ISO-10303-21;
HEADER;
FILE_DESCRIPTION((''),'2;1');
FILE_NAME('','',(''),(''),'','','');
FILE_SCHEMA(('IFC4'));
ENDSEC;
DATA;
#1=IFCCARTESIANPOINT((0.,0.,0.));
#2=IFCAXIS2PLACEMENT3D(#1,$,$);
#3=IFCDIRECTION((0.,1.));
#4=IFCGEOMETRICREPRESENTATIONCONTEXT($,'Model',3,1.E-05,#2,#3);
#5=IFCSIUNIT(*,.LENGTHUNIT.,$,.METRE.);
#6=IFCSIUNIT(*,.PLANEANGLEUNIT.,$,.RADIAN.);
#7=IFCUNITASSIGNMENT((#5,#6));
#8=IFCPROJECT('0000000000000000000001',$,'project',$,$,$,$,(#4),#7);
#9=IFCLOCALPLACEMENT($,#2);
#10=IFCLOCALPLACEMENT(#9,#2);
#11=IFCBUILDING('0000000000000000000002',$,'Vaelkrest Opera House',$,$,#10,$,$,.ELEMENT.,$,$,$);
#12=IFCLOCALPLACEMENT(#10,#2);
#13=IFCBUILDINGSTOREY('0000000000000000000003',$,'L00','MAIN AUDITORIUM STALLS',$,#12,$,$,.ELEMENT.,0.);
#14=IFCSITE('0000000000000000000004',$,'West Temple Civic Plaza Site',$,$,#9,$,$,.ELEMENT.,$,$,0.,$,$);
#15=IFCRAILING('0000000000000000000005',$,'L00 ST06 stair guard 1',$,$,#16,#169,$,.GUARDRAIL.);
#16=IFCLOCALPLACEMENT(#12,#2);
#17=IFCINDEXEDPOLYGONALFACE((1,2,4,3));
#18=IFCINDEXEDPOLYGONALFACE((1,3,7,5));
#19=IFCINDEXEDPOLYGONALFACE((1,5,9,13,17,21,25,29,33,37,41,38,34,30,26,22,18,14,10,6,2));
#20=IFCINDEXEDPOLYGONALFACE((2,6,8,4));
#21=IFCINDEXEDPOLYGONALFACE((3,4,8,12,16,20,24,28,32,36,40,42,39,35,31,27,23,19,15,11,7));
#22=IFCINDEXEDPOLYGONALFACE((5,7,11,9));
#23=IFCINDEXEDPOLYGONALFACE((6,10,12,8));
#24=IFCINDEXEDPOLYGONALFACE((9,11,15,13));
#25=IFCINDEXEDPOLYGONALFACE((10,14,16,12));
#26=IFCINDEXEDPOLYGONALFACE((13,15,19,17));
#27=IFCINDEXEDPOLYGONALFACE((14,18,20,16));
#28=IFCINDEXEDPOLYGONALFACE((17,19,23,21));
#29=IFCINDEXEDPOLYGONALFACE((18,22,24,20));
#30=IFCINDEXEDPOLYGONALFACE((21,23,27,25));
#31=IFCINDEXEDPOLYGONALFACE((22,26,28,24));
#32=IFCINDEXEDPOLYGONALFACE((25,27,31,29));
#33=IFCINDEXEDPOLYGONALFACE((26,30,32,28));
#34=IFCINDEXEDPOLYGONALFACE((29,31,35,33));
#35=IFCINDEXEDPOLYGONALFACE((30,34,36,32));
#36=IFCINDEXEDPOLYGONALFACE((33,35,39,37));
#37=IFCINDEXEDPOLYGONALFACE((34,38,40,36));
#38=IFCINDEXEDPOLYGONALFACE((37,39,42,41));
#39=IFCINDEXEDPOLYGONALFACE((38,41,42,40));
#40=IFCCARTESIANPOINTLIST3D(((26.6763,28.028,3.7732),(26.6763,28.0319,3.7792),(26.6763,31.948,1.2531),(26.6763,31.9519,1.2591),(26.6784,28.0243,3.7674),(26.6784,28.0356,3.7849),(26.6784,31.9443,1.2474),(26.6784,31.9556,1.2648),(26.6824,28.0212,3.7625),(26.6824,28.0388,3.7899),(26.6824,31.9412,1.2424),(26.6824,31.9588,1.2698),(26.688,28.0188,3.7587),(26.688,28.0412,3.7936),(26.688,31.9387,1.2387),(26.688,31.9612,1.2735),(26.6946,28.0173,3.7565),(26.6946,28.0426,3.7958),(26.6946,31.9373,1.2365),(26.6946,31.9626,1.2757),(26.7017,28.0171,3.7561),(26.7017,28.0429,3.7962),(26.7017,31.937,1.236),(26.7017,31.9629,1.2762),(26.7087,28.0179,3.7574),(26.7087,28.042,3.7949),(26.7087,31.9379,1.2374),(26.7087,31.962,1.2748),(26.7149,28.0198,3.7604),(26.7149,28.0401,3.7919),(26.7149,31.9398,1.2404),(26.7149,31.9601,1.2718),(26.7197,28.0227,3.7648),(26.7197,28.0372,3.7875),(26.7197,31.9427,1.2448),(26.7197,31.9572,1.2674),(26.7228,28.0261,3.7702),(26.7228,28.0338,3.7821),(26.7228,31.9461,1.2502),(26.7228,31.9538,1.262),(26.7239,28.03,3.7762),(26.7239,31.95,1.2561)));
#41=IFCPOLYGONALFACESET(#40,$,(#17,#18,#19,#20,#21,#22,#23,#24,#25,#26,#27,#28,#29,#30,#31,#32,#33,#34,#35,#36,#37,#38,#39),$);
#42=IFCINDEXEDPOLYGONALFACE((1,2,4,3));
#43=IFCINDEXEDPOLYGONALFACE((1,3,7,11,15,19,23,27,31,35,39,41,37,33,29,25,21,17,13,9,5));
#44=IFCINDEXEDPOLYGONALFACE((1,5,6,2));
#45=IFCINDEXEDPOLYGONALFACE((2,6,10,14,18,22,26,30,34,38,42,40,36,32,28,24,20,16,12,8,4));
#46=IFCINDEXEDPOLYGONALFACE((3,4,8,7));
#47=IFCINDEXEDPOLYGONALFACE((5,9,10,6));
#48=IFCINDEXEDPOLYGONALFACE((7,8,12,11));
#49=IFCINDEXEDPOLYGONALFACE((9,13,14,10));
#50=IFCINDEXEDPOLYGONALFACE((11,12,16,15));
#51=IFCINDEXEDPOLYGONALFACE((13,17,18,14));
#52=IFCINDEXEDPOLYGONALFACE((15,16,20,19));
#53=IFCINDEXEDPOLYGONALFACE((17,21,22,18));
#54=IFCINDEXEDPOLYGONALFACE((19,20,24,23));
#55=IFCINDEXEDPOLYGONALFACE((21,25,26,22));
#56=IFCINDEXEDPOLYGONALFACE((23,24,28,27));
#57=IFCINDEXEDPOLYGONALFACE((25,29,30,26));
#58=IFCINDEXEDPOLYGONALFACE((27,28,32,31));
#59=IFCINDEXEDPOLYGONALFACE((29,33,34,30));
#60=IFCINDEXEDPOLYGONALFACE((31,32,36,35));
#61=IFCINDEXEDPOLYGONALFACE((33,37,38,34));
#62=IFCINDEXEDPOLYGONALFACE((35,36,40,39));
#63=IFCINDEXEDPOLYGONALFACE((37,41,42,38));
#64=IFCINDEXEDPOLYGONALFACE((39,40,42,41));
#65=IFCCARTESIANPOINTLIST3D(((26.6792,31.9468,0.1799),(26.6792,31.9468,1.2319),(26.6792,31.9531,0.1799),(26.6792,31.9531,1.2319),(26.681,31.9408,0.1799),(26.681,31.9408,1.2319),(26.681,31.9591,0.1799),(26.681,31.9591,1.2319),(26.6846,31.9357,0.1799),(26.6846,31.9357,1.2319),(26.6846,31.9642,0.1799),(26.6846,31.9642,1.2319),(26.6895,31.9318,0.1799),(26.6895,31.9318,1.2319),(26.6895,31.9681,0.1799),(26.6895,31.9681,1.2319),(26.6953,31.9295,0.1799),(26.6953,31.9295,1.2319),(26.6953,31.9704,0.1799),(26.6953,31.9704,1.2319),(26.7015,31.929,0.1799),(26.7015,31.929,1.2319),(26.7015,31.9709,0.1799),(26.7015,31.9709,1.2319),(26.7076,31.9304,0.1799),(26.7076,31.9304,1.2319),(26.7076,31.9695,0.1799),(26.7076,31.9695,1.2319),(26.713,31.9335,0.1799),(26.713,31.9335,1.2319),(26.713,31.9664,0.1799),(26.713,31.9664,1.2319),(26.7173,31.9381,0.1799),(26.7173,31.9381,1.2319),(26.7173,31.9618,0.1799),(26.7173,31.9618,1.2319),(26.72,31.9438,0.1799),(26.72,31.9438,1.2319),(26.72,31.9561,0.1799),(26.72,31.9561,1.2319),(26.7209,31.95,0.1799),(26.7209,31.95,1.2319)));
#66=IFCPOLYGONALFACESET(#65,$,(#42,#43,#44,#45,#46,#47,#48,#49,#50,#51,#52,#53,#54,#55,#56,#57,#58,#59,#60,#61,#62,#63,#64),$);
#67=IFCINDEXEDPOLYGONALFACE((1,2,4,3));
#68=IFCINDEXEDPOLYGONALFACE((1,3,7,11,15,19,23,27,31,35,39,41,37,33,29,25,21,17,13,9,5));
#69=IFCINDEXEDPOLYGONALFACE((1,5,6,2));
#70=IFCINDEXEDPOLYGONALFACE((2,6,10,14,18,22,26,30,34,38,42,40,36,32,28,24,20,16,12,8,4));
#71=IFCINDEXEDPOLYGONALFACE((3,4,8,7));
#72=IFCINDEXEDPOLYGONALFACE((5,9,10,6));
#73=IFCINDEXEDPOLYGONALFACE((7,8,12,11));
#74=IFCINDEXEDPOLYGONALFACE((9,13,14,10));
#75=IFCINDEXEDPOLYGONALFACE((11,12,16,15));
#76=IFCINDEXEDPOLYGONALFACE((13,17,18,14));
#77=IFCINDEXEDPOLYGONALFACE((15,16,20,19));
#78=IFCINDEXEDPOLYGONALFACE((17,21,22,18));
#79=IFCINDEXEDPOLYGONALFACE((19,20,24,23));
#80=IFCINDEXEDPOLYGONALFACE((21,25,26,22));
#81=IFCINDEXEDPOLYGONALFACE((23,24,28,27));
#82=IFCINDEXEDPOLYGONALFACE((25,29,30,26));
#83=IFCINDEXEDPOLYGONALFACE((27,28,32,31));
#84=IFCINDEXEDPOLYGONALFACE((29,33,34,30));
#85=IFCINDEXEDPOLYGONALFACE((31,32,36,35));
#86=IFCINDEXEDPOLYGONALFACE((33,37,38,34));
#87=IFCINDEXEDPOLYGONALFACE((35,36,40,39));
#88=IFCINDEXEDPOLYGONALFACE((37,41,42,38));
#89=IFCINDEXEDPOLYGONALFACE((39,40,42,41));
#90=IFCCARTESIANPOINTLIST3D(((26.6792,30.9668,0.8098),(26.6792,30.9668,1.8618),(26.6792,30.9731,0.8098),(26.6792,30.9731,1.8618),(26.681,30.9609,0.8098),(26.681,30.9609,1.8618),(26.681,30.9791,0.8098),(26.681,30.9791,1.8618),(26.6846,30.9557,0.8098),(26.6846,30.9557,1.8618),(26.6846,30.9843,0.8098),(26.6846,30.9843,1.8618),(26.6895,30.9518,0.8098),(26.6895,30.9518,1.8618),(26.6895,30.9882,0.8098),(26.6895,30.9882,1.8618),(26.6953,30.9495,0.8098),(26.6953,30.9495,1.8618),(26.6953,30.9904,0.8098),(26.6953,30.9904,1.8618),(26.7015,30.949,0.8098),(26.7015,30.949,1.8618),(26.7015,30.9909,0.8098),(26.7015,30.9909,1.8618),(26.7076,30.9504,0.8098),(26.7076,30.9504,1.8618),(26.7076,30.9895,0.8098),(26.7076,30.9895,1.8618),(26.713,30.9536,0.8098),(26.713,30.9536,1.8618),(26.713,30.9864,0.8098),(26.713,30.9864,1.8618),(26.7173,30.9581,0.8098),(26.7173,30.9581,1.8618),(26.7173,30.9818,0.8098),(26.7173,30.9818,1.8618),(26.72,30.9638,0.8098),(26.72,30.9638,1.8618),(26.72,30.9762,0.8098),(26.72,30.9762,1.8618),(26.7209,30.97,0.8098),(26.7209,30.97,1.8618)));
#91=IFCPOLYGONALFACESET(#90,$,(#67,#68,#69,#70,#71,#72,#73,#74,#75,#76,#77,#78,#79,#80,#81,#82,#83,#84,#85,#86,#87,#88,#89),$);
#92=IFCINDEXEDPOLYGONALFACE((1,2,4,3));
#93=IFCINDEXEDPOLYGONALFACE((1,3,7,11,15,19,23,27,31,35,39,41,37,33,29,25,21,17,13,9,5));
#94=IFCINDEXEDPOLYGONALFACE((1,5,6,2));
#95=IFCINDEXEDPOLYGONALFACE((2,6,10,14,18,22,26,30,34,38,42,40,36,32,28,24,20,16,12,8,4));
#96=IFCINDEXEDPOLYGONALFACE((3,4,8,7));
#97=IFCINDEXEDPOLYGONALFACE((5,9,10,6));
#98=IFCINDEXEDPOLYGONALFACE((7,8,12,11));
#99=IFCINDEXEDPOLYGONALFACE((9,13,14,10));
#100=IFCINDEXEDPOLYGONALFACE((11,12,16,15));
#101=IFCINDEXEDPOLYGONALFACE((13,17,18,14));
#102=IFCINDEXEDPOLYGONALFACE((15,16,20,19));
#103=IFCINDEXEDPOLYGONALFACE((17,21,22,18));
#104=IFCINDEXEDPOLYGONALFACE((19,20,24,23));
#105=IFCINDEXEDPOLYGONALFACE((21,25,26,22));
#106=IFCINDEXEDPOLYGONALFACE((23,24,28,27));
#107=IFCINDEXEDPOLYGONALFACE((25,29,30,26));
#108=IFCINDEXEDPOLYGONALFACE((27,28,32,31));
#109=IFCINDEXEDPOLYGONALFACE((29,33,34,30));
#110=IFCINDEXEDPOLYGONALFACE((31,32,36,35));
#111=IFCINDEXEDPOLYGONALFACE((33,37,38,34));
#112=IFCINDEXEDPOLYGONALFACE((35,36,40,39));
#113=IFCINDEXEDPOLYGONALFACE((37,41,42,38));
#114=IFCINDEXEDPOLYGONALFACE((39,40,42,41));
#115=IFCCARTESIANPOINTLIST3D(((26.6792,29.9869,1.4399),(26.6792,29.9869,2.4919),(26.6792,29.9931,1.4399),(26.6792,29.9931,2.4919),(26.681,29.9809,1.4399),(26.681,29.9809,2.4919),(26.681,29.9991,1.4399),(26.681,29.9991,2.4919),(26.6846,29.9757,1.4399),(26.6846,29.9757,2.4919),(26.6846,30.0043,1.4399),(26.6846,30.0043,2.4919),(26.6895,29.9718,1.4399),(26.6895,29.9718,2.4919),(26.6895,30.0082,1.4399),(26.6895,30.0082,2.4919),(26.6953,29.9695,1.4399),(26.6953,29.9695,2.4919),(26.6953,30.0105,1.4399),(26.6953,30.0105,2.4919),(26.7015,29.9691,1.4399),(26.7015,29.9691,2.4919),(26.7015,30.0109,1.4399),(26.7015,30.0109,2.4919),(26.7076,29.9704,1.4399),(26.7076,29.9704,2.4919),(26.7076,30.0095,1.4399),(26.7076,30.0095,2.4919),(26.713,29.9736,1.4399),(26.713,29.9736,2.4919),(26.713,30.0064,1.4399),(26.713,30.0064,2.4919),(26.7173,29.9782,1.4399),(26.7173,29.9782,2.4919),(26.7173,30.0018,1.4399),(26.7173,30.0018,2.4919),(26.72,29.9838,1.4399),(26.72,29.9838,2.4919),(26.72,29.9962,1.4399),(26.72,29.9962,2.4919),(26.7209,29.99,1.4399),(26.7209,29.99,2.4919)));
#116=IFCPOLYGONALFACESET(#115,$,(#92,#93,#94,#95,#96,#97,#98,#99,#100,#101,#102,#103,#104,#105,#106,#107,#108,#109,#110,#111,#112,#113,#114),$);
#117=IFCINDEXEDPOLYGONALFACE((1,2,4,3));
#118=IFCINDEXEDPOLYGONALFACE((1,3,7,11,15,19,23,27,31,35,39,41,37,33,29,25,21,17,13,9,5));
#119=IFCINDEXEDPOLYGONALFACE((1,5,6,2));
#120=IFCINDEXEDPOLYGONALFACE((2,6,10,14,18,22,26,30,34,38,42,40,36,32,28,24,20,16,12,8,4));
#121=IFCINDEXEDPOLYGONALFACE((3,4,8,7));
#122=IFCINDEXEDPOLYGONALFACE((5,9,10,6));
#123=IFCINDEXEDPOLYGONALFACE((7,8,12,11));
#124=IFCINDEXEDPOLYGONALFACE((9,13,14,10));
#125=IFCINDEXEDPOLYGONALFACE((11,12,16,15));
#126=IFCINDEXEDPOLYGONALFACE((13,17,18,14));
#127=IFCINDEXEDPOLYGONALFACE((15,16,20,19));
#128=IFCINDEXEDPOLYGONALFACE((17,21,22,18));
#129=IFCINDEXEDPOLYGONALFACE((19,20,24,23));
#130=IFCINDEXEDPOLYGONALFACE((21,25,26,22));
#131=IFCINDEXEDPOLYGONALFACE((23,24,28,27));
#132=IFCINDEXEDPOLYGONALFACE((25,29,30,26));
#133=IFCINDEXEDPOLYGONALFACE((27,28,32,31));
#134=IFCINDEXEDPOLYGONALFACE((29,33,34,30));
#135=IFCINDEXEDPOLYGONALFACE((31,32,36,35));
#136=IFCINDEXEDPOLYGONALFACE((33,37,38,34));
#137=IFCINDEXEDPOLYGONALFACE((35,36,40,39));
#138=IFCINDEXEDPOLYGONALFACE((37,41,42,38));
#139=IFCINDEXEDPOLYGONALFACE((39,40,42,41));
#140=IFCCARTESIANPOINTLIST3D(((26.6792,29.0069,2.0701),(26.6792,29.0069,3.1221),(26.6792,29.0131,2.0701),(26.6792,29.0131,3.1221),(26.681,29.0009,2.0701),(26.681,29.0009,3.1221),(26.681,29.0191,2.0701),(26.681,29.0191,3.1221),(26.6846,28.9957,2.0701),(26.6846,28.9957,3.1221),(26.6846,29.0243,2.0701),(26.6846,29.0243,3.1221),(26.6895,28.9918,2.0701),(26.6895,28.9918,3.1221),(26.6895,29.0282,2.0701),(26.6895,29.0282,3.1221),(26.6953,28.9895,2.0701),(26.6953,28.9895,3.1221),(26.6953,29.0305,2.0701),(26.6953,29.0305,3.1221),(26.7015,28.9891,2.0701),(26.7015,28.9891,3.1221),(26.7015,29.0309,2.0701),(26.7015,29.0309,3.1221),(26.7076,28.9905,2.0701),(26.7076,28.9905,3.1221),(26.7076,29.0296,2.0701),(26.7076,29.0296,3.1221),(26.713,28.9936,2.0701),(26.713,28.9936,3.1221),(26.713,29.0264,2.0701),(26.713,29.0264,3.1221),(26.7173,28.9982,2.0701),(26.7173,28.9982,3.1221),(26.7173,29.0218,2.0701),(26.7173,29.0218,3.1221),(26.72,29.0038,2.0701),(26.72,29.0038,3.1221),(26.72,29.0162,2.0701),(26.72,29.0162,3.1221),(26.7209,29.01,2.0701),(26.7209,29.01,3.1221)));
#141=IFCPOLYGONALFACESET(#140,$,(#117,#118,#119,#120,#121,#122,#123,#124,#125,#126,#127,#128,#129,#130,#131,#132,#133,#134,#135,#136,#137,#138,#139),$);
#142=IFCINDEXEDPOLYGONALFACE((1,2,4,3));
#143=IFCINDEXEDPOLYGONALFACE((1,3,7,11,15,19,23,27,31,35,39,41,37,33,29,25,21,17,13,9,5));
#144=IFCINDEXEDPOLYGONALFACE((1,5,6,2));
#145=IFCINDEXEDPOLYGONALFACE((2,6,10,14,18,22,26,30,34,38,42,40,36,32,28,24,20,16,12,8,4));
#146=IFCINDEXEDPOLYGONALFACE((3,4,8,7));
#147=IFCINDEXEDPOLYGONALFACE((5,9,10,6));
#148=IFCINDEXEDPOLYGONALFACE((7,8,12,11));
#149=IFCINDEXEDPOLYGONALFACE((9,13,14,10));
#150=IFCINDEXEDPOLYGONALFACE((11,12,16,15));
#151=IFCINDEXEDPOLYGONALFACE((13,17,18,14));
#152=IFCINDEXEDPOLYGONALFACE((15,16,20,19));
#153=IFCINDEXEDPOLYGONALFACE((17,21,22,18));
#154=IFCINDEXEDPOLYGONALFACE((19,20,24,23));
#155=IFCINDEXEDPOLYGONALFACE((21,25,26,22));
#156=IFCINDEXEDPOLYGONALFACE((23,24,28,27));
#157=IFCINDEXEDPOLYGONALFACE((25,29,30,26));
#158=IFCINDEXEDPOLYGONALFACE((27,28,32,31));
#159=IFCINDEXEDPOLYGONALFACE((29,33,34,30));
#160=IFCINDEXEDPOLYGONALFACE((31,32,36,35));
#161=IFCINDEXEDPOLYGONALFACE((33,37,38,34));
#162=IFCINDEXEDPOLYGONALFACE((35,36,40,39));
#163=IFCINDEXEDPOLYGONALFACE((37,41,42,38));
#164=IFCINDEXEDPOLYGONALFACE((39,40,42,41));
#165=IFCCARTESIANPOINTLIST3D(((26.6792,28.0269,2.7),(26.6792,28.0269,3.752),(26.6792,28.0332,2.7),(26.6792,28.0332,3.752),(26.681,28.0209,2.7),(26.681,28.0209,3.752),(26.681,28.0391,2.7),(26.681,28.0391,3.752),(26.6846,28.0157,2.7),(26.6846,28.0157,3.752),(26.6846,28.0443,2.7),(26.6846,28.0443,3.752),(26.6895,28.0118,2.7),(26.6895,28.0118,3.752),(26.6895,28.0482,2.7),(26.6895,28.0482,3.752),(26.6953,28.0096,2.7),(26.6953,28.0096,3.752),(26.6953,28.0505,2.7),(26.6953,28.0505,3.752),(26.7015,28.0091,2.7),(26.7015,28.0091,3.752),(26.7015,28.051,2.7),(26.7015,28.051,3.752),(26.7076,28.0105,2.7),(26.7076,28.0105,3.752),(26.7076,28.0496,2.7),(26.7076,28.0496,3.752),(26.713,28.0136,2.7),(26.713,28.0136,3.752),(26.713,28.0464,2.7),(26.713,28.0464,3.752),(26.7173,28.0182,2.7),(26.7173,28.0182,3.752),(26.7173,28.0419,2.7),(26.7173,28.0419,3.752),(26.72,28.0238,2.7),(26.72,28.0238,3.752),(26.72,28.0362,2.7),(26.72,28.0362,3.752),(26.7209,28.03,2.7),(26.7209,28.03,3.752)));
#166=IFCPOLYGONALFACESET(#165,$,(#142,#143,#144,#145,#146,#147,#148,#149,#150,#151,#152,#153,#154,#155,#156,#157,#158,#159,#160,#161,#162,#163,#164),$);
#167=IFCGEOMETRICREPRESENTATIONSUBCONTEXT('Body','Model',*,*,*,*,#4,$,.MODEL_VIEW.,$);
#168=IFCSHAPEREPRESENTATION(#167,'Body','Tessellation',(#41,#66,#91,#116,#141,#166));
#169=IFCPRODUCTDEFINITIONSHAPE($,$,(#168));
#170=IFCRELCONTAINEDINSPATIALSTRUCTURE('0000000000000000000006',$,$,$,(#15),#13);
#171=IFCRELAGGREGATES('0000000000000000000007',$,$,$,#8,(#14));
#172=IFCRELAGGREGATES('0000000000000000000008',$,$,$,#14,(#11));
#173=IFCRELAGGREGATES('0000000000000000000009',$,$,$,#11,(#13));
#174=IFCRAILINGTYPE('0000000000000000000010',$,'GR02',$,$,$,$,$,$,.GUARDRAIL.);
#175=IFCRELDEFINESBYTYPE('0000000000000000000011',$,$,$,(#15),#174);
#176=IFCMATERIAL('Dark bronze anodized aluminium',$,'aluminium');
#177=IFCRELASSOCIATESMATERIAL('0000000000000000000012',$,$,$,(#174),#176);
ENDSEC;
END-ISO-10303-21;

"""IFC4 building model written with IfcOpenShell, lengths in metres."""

from ifc_helpers import new_model, si_unit, direction, frame, origin, origin_2d, place, context, subcontext, project, spatial, circle, extrude, material, type_object, element, save


model = new_model("IFC4")

# Units and contexts
model_context = context("Model", 3, precision=1e-05, world=origin(), true_north=direction((0.0, 1.0)))
body_context = subcontext(model_context, "Body", "Model", "MODEL_VIEW")
ifc_project = project(units=[si_unit("LENGTHUNIT", "METRE"), si_unit("PLANEANGLEUNIT", "RADIAN")], contexts=[model_context])

# Site, building, storey
site_placement = place(None, origin())
site = spatial("IfcSite", under=ifc_project, at=site_placement, Name="West Temple Civic Plaza Site", CompositionType="ELEMENT", RefElevation=0.0)
building_placement = place(site_placement, origin())
building = spatial("IfcBuilding", under=site, at=building_placement, Name="Vaelkrest Opera House", CompositionType="ELEMENT")
storey_placement = place(building_placement, origin())
storey = spatial("IfcBuildingStorey", under=building, at=storey_placement, Name="L00", Description="MAIN AUDITORIUM STALLS", CompositionType="ELEMENT", Elevation=0.0)

# Railing
ifc_material_1 = material(Name="Dark bronze anodized aluminium", Category="aluminium")
railing_type_1 = type_object("IfcRailingType", Name="GR02", PredefinedType="GUARDRAIL", material=ifc_material_1)
railing_1_placement = place(storey_placement, frame((26.7, 31.95, 0.1799)))
element("IfcRailing", 1, at=railing_1_placement, inside=storey, type_object=railing_type_1, Name="L00 ST06 stair guard 1", PredefinedType="GUARDRAIL", context=body_context, shape_type="SweptSolid", body=[
    extrude(circle(Radius=0.0239, at=origin_2d()), frame((0.0, 0.0, 1.0762), z_axis=(0.0, -0.841172, 0.540768), x_axis=(1.0, 0.0, 0.0)), (0.0, 0.0, 1.0), 4.6602),
    extrude(circle(Radius=0.021, at=origin_2d()), origin(), (0.0, 0.0, 1.0), 1.052),
    extrude(circle(Radius=0.021, at=origin_2d()), frame((0.0, -0.98, 0.6299)), (0.0, 0.0, 1.0), 1.052),
    extrude(circle(Radius=0.021, at=origin_2d()), frame((0.0, -1.96, 1.26)), (0.0, 0.0, 1.0), 1.052),
    extrude(circle(Radius=0.021, at=origin_2d()), frame((0.0, -2.9399, 1.8901)), (0.0, 0.0, 1.0), 1.052),
    extrude(circle(Radius=0.021, at=origin_2d()), frame((0.0, -3.9199, 2.52)), (0.0, 0.0, 1.0), 1.052),
])

save(model, "model.ifc")
